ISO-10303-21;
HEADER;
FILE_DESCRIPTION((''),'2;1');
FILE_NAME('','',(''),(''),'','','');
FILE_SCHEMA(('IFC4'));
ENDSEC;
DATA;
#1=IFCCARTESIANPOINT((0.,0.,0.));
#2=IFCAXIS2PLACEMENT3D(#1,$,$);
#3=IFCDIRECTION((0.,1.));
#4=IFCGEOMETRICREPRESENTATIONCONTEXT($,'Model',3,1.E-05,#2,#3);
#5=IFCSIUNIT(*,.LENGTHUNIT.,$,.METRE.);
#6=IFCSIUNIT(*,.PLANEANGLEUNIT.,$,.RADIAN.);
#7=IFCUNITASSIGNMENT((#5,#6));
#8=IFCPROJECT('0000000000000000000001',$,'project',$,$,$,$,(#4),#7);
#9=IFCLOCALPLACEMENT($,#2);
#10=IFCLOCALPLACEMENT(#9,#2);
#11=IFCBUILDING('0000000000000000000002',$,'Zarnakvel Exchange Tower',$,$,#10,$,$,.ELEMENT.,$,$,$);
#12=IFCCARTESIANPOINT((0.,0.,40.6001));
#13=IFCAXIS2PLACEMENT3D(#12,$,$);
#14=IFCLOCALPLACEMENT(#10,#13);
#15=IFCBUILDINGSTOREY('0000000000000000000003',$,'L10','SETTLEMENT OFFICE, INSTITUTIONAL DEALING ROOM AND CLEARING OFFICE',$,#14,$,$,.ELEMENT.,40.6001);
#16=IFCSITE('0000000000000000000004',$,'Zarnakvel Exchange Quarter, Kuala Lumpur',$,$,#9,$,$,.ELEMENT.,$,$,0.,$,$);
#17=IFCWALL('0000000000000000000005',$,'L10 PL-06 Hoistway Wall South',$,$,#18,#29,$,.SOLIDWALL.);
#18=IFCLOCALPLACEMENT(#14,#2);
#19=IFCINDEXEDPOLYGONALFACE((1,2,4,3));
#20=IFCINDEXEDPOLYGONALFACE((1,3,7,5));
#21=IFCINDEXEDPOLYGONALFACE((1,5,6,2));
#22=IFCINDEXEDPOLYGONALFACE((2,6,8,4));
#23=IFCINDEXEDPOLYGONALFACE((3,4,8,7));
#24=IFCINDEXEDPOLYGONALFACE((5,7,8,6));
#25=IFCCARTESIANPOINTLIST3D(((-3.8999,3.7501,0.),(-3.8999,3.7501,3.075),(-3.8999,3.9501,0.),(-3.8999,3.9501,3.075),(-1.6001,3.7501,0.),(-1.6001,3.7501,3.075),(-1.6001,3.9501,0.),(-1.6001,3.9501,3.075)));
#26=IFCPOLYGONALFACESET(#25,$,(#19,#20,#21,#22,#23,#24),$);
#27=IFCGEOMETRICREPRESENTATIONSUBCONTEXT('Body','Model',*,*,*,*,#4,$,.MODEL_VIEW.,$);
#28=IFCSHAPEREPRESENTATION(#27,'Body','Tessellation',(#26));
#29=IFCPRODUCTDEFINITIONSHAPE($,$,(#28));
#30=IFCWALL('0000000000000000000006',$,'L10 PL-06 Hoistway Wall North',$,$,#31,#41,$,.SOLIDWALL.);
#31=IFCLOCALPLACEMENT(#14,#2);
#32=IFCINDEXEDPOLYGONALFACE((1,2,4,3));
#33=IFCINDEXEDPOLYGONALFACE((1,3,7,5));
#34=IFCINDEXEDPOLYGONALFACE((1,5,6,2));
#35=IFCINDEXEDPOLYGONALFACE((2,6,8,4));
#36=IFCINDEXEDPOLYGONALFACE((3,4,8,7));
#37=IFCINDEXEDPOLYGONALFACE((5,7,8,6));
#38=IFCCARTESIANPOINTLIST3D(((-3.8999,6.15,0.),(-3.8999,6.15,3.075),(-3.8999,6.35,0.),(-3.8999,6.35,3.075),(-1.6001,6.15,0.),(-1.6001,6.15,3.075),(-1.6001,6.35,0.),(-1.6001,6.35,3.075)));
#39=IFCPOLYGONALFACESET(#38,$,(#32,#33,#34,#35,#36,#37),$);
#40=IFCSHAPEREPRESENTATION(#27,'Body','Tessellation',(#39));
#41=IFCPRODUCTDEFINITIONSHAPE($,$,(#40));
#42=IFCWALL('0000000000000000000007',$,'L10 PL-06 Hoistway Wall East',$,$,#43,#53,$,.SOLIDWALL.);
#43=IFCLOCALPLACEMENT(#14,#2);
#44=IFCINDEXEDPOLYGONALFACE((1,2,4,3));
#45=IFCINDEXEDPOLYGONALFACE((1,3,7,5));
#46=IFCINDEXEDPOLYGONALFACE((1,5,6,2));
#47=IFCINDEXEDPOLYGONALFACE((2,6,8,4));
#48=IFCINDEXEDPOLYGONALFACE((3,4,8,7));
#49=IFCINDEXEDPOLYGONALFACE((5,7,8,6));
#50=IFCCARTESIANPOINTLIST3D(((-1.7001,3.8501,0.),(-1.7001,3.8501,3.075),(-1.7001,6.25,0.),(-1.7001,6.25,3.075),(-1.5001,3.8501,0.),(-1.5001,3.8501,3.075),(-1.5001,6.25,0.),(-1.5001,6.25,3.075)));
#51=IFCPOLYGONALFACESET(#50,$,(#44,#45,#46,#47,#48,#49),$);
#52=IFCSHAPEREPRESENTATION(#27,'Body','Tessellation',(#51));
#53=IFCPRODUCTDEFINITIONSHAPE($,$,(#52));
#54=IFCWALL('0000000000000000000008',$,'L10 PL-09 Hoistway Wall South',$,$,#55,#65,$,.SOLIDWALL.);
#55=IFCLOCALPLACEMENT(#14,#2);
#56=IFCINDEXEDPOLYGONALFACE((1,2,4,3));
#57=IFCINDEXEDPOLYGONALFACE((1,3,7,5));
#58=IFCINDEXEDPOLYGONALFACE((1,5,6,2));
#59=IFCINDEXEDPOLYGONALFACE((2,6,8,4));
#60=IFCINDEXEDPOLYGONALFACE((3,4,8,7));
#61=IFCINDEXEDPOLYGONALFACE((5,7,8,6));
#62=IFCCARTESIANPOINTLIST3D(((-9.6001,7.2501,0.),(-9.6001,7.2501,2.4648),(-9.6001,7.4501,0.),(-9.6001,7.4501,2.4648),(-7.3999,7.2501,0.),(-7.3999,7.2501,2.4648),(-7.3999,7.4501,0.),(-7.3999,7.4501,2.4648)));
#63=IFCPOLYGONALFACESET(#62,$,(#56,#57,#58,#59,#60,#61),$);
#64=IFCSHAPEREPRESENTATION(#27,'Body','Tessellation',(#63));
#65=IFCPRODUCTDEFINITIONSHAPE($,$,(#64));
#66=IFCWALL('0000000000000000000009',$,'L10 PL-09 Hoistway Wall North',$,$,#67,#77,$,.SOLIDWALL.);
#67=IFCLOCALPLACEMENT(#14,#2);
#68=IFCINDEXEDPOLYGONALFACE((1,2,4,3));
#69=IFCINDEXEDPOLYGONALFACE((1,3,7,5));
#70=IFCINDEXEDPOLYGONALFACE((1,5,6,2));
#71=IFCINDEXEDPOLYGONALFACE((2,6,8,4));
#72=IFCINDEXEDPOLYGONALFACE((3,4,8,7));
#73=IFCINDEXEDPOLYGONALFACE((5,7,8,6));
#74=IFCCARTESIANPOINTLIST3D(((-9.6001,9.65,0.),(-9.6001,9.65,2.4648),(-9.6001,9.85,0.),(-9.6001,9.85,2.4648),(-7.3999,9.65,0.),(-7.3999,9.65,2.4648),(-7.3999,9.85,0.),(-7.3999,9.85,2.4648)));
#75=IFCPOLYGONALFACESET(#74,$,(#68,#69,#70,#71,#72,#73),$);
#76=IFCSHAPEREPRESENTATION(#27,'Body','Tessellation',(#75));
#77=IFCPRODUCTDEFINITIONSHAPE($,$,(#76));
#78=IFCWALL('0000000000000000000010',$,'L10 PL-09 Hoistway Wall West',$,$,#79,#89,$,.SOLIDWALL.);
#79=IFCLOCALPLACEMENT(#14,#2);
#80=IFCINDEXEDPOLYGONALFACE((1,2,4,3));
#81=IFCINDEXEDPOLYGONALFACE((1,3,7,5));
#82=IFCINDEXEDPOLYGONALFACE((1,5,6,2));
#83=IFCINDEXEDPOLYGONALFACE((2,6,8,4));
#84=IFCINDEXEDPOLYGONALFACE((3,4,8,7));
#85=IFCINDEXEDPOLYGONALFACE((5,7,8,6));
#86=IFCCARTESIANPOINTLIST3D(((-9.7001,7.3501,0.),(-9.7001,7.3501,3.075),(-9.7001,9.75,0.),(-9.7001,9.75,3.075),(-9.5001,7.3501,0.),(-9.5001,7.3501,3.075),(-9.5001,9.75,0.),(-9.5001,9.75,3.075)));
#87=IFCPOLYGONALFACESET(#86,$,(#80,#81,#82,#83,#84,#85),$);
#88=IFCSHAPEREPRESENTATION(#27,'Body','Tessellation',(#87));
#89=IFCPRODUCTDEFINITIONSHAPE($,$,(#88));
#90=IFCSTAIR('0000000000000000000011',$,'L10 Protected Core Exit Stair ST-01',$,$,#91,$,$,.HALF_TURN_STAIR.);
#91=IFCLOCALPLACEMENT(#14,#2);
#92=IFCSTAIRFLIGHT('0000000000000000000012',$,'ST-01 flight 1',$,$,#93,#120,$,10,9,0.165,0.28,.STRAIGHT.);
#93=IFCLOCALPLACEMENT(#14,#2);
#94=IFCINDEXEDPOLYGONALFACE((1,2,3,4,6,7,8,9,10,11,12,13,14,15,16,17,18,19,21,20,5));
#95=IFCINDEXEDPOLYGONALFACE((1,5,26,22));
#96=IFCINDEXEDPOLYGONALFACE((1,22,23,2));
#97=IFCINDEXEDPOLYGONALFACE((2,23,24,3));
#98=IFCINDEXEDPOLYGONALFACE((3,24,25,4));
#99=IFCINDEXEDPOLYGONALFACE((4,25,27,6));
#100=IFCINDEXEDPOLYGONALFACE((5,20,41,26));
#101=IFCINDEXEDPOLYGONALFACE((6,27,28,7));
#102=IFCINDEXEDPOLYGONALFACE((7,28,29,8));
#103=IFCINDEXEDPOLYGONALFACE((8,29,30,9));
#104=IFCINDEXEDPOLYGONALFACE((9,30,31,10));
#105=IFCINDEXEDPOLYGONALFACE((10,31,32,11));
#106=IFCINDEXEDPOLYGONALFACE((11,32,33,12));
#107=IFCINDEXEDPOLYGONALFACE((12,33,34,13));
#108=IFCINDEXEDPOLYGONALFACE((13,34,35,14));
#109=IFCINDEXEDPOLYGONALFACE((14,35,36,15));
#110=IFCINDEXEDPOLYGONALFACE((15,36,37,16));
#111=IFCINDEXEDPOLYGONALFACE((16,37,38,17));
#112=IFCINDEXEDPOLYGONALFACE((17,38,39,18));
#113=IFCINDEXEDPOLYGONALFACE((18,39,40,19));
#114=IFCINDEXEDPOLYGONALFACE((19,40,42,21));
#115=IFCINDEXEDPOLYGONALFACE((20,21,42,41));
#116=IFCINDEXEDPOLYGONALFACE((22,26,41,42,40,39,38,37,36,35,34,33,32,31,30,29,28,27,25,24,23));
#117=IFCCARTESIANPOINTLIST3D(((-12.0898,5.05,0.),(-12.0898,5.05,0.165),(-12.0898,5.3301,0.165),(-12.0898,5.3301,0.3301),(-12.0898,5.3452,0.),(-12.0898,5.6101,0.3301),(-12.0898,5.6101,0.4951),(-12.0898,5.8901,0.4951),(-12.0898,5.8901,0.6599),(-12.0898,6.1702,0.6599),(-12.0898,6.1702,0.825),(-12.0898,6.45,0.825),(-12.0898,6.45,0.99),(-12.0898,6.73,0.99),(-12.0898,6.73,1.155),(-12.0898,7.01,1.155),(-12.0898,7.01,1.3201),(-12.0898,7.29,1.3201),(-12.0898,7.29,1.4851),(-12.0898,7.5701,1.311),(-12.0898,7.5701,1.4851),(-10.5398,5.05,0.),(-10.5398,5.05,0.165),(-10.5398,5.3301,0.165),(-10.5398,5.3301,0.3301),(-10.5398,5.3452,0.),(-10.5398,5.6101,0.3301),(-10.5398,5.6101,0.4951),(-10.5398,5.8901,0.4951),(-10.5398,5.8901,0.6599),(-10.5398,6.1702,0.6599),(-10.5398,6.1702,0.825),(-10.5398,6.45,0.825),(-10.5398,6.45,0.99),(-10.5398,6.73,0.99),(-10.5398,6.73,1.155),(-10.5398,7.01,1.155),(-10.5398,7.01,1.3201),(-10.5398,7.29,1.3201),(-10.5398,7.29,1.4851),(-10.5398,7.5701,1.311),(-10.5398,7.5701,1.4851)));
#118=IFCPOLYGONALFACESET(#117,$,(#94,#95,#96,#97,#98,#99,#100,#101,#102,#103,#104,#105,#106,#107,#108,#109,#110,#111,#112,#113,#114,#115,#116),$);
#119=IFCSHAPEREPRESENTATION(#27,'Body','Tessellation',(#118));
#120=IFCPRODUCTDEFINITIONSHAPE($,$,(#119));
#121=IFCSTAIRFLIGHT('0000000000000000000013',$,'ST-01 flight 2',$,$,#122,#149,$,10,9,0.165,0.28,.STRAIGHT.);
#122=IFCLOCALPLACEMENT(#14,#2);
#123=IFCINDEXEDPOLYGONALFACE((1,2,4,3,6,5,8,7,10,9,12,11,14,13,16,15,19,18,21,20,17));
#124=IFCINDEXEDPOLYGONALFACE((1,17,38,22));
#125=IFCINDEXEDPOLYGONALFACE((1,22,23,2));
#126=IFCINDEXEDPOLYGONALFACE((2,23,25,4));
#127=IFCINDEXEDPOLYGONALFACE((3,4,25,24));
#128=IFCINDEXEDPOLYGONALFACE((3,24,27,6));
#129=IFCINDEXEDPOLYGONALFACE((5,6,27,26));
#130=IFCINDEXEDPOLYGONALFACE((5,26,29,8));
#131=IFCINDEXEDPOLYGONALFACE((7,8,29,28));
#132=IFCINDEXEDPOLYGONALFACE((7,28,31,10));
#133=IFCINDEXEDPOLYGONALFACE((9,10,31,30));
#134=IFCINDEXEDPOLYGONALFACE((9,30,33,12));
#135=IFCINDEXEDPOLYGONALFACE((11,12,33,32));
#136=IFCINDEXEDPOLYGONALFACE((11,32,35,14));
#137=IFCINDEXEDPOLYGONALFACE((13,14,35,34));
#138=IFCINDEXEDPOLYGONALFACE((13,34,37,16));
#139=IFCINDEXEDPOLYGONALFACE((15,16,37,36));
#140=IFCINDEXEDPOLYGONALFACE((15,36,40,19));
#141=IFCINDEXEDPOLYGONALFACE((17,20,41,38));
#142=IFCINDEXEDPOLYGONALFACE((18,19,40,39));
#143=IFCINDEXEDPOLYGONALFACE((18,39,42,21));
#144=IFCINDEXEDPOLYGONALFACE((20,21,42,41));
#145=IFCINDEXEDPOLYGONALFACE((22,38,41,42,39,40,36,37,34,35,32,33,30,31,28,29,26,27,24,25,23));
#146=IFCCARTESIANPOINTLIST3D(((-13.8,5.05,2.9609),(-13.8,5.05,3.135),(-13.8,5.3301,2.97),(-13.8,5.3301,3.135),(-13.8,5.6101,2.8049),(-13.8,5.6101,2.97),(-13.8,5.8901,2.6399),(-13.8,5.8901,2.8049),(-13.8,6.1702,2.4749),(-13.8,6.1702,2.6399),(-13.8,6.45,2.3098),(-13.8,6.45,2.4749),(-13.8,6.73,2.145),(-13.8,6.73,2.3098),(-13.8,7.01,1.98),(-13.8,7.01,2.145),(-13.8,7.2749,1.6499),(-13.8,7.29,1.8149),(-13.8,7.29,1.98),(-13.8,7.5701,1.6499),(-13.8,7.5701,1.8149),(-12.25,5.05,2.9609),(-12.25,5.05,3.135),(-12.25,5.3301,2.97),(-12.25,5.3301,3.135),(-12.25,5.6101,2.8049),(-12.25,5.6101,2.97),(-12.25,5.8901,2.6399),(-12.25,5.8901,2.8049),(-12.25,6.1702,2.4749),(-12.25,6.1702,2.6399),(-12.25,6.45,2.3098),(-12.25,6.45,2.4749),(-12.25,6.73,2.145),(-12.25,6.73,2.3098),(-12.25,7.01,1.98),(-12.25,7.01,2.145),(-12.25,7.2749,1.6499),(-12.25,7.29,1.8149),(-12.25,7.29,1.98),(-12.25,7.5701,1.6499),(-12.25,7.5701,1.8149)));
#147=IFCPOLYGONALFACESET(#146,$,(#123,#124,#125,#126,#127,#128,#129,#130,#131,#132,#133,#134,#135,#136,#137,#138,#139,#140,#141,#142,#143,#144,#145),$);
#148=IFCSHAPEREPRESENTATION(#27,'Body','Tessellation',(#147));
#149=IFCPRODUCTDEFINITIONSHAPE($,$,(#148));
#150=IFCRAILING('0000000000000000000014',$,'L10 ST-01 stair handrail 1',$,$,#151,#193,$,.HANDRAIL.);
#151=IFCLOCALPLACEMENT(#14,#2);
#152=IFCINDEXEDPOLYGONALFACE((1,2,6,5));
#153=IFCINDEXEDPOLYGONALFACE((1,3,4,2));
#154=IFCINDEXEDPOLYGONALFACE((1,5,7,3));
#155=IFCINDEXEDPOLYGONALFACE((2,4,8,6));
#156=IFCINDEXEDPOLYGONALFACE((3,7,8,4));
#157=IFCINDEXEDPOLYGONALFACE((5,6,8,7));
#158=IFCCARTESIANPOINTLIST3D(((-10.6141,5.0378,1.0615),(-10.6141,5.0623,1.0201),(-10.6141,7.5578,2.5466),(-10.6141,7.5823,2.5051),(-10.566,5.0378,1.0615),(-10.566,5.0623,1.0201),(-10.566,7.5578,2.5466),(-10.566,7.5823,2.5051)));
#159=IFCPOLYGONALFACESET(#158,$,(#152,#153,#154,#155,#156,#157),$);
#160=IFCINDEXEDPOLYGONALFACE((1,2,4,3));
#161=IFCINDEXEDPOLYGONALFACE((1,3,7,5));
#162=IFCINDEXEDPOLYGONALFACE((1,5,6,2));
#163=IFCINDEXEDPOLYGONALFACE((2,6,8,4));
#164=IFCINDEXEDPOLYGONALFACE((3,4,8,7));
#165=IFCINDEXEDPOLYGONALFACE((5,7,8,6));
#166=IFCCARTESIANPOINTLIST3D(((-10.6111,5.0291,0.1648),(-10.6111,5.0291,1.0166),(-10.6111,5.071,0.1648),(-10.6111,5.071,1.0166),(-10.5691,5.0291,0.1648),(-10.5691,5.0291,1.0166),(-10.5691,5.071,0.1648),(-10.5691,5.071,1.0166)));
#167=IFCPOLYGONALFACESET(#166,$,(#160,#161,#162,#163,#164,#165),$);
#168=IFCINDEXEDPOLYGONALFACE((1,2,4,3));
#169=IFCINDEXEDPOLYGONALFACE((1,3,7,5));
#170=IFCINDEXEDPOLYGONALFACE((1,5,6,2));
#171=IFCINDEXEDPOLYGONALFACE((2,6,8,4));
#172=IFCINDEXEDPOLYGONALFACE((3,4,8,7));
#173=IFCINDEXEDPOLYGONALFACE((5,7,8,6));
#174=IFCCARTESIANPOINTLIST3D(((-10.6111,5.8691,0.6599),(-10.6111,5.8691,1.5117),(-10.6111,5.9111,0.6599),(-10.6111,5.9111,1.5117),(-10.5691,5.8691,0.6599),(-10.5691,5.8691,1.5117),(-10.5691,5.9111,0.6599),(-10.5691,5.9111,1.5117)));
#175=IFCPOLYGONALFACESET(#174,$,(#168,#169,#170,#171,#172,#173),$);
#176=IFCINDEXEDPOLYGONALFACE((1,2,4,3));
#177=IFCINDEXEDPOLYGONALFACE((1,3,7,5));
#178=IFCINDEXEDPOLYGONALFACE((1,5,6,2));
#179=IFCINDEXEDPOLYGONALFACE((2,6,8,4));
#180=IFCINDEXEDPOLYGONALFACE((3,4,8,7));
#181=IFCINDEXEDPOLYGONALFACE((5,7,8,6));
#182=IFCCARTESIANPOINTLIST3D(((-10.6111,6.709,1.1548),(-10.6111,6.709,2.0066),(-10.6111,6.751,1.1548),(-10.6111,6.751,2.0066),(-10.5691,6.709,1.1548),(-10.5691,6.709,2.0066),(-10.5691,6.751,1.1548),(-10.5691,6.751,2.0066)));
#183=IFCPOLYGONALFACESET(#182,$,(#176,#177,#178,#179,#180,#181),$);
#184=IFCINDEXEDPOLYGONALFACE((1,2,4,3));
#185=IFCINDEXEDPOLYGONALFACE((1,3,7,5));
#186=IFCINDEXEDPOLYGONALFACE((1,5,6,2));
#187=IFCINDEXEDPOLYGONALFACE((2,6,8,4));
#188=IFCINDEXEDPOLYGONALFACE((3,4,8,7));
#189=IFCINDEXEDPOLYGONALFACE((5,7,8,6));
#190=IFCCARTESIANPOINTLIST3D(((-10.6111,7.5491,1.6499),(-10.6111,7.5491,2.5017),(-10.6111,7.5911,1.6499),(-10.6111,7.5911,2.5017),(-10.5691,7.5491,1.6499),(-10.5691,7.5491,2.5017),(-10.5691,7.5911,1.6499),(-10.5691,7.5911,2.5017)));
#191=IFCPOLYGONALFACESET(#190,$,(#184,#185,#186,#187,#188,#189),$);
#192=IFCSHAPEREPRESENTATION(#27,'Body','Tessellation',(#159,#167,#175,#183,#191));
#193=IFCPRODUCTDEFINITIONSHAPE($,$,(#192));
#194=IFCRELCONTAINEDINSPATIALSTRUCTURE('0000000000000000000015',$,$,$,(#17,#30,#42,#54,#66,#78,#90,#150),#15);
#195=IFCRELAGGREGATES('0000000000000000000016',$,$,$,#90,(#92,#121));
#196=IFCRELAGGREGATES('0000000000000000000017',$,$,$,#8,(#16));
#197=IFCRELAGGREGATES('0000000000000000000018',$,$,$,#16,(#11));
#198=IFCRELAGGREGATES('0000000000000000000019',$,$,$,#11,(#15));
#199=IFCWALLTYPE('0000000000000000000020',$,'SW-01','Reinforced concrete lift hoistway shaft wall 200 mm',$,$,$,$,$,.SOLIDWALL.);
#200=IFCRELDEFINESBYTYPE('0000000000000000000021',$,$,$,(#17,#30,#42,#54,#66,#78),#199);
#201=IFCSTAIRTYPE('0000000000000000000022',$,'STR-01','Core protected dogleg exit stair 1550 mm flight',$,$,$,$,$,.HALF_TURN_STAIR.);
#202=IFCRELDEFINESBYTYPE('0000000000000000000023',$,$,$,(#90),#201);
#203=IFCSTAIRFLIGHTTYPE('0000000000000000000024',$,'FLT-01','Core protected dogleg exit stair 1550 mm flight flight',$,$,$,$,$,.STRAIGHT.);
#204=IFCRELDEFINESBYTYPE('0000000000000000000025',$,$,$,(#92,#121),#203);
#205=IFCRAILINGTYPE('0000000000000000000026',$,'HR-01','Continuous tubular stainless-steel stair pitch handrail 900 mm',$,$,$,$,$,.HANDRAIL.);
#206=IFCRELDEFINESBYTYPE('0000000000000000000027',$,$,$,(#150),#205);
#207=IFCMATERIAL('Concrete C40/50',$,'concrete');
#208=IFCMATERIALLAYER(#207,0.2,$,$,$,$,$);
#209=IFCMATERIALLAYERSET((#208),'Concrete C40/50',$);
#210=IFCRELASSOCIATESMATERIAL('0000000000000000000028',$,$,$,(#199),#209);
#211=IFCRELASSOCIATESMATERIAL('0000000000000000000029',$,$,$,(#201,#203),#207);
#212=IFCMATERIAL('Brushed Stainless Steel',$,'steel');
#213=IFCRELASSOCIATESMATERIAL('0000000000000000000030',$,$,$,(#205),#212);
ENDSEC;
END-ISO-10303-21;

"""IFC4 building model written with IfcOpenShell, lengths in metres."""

from ifc_helpers import new_model, si_unit, direction, frame, frame_2d, origin, origin_2d, place, context, subcontext, project, spatial, polyline, rectangle, outline, extrude, material, layer, layer_set, type_object, element, aggregate, save


model = new_model("IFC4")

# Units and contexts
model_context = context("Model", 3, precision=1e-05, world=origin(), true_north=direction((0.0, 1.0)))
body_context = subcontext(model_context, "Body", "Model", "MODEL_VIEW")
ifc_project = project(units=[si_unit("LENGTHUNIT", "METRE"), si_unit("PLANEANGLEUNIT", "RADIAN")], contexts=[model_context])

# Site, building, storey
site_placement = place(None, origin())
site = spatial("IfcSite", under=ifc_project, at=site_placement, Name="Zarnakvel Exchange Quarter, Kuala Lumpur", CompositionType="ELEMENT", RefElevation=0.0)
building_placement = place(site_placement, origin())
building = spatial("IfcBuilding", under=site, at=building_placement, Name="Zarnakvel Exchange Tower", CompositionType="ELEMENT")
storey_placement = place(building_placement, frame((0.0, 0.0, 40.6001)))
storey = spatial("IfcBuildingStorey", under=building, at=storey_placement, Name="L10", Description="SETTLEMENT OFFICE, INSTITUTIONAL DEALING ROOM AND CLEARING OFFICE", CompositionType="ELEMENT", Elevation=40.6001)

# Shared definitions
ifc_material_1 = material(Name="Concrete C40/50", Category="concrete")
ifc_layer_1 = layer(ifc_material_1, 0.2)
ifc_layer_set_1 = layer_set([ifc_layer_1], Name="Concrete C40/50")
wall_type_1 = type_object("IfcWallType", Name="SW-01", Description="Reinforced concrete lift hoistway shaft wall 200 mm", PredefinedType="SOLIDWALL", material=ifc_layer_set_1)
ifc_material_2 = material(Name="Brushed Stainless Steel", Category="steel")

# Walls
for number, where, z_axis, x_axis, name in (
    (1, (-1.6001, 3.8501, 0.0), (0.0, 0.0, 1.0), (-1.0, 0.0, 0.0), "L10 PL-06 Hoistway Wall South"),
    (2, (-3.8999, 6.25, 0.0), (0.0, 0.0, 1.0), (1.0, 0.0, 0.0), "L10 PL-06 Hoistway Wall North"),
):
    element("IfcWall", number, at=place(storey_placement, frame(where, z_axis=z_axis, x_axis=x_axis)), inside=storey, type_object=wall_type_1, Name=name, PredefinedType="SOLIDWALL", context=body_context, shape_type="SweptSolid", body=[
        extrude(rectangle(XDim=2.2998, YDim=0.2, at=frame_2d((1.1499, 0.0))), origin(), (0.0, 0.0, 1.0), 3.075),
    ])
wall_1_placement = place(storey_placement, frame((-1.6001, 6.25, 0.0), z_axis=(0.0, 0.0, 1.0), x_axis=(0.0, -1.0, 0.0)))
element("IfcWall", 3, at=wall_1_placement, inside=storey, type_object=wall_type_1, Name="L10 PL-06 Hoistway Wall East", PredefinedType="SOLIDWALL", context=body_context, shape_type="SweptSolid", body=[
    extrude(rectangle(XDim=2.3999, YDim=0.2, at=frame_2d((1.2, 0.0))), origin(), (0.0, 0.0, 1.0), 3.075),
])
for number, where, z_axis, x_axis, name in (
    (4, (-7.3999, 7.3501, 0.0), (0.0, 0.0, 1.0), (-1.0, 0.0, 0.0), "L10 PL-09 Hoistway Wall South"),
    (5, (-9.6001, 9.75, 0.0), (0.0, 0.0, 1.0), (1.0, 0.0, 0.0), "L10 PL-09 Hoistway Wall North"),
):
    element("IfcWall", number, at=place(storey_placement, frame(where, z_axis=z_axis, x_axis=x_axis)), inside=storey, type_object=wall_type_1, Name=name, PredefinedType="SOLIDWALL", context=body_context, shape_type="SweptSolid", body=[
        extrude(rectangle(XDim=2.2002, YDim=0.2, at=frame_2d((1.1001, 0.0))), origin(), (0.0, 0.0, 1.0), 2.4648),
    ])
wall_2_placement = place(storey_placement, frame((-9.6001, 7.3501, 0.0), z_axis=(0.0, 0.0, 1.0), x_axis=(0.0, 1.0, 0.0)))
element("IfcWall", 6, at=wall_2_placement, inside=storey, type_object=wall_type_1, Name="L10 PL-09 Hoistway Wall West", PredefinedType="SOLIDWALL", context=body_context, shape_type="SweptSolid", body=[
    extrude(rectangle(XDim=2.3999, YDim=0.2, at=frame_2d((1.2, 0.0))), origin(), (0.0, 0.0, 1.0), 3.075),
])

# Stair, stair flights
stair_type = type_object("IfcStairType", Name="STR-01", Description="Core protected dogleg exit stair 1550 mm flight", PredefinedType="HALF_TURN_STAIR", material=ifc_material_1)
stair_placement = place(storey_placement, origin())
stair = element("IfcStair", 7, at=stair_placement, inside=storey, type_object=stair_type, Name="L10 Protected Core Exit Stair ST-01", PredefinedType="HALF_TURN_STAIR")
stair_flight_type = type_object("IfcStairFlightType", Name="FLT-01", Description="Core protected dogleg exit stair 1550 mm flight flight", PredefinedType="STRAIGHT", material=ifc_material_1)
stair_flight_1_placement = place(storey_placement, frame((-11.3149, 5.05, 0.0), z_axis=(0.0, 0.0, 1.0), x_axis=(0.0, 1.0, 0.0)))
stair_flight_1 = element("IfcStairFlight", 8, at=stair_flight_1_placement, type_object=stair_flight_type, Name="ST-01 flight 1", NumberOfRisers=10, NumberOfTreads=9, PredefinedType="STRAIGHT", RiserHeight=0.165, TreadLength=0.28, context=body_context, shape_type="SweptSolid", body=[
    extrude(outline(polyline([(0.0, 0.0), (0.0, 0.165), (0.28, 0.165), (0.28, 0.3301), (0.5601, 0.3301), (0.5601, 0.4951), (0.8401, 0.4951), (0.8401, 0.6599), (1.1201, 0.6599), (1.1201, 0.825), (1.3999, 0.825), (1.3999, 0.99), (1.6799, 0.99), (1.6799, 1.155), (1.96, 1.155), (1.96, 1.3201), (2.24, 1.3201), (2.24, 1.4851), (2.52, 1.4851), (2.52, 1.6499), (2.52, 1.311), (0.2952, 0.0), (0.0, 0.0)])), frame((0.0, 0.7749, 0.0), z_axis=(0.0, -1.0, 0.0), x_axis=(1.0, 0.0, 0.0)), (0.0, 0.0, 1.0), 1.55),
])
stair_flight_2_placement = place(storey_placement, frame((-13.0249, 7.5701, 1.6499), z_axis=(0.0, 0.0, 1.0), x_axis=(0.0, -1.0, 0.0)))
stair_flight_2 = element("IfcStairFlight", 9, at=stair_flight_2_placement, type_object=stair_flight_type, Name="ST-01 flight 2", NumberOfRisers=10, NumberOfTreads=9, PredefinedType="STRAIGHT", RiserHeight=0.165, TreadLength=0.28, context=body_context, shape_type="SweptSolid", body=[
    extrude(outline(polyline([(0.0, 0.0), (0.0, 0.165), (0.28, 0.165), (0.28, 0.3301), (0.5601, 0.3301), (0.5601, 0.4951), (0.8401, 0.4951), (0.8401, 0.6599), (1.1201, 0.6599), (1.1201, 0.825), (1.3999, 0.825), (1.3999, 0.99), (1.6799, 0.99), (1.6799, 1.155), (1.96, 1.155), (1.96, 1.3201), (2.24, 1.3201), (2.24, 1.4851), (2.52, 1.4851), (2.52, 1.6499), (2.52, 1.311), (0.2952, 0.0), (0.0, 0.0)])), frame((0.0, 0.7749, 0.0), z_axis=(0.0, -1.0, 0.0), x_axis=(1.0, 0.0, 0.0)), (0.0, 0.0, 1.0), 1.55),
])
aggregate(stair, [stair_flight_1, stair_flight_2])

# Railing
railing_type_1 = type_object("IfcRailingType", Name="HR-01", Description="Continuous tubular stainless-steel stair pitch handrail 900 mm", PredefinedType="HANDRAIL", material=ifc_material_2)
railing_1_placement = place(storey_placement, frame((-10.5901, 5.05, 0.1648)))
element("IfcRailing", 10, at=railing_1_placement, inside=storey, type_object=railing_type_1, Name="L10 ST-01 stair handrail 1", PredefinedType="HANDRAIL", context=body_context, shape_type="SweptSolid", body=[
    extrude(rectangle(XDim=0.0481, YDim=0.0481, at=origin_2d()), frame((0.0, 0.0, 0.876), z_axis=(0.0, 0.861524, 0.507717), x_axis=(-1.0, 0.0, 0.0)), (0.0, 0.0, 1.0), 2.925),
    extrude(rectangle(XDim=0.042, YDim=0.042, at=origin_2d()), origin(), (0.0, 0.0, 1.0), 0.8518),
    extrude(rectangle(XDim=0.042, YDim=0.042, at=origin_2d()), frame((0.0, 0.8401, 0.4951)), (0.0, 0.0, 1.0), 0.8518),
    extrude(rectangle(XDim=0.042, YDim=0.042, at=origin_2d()), frame((0.0, 1.6799, 0.99)), (0.0, 0.0, 1.0), 0.8518),
    extrude(rectangle(XDim=0.042, YDim=0.042, at=origin_2d()), frame((0.0, 2.52, 1.4851)), (0.0, 0.0, 1.0), 0.8518),
])

save(model, "model.ifc")
